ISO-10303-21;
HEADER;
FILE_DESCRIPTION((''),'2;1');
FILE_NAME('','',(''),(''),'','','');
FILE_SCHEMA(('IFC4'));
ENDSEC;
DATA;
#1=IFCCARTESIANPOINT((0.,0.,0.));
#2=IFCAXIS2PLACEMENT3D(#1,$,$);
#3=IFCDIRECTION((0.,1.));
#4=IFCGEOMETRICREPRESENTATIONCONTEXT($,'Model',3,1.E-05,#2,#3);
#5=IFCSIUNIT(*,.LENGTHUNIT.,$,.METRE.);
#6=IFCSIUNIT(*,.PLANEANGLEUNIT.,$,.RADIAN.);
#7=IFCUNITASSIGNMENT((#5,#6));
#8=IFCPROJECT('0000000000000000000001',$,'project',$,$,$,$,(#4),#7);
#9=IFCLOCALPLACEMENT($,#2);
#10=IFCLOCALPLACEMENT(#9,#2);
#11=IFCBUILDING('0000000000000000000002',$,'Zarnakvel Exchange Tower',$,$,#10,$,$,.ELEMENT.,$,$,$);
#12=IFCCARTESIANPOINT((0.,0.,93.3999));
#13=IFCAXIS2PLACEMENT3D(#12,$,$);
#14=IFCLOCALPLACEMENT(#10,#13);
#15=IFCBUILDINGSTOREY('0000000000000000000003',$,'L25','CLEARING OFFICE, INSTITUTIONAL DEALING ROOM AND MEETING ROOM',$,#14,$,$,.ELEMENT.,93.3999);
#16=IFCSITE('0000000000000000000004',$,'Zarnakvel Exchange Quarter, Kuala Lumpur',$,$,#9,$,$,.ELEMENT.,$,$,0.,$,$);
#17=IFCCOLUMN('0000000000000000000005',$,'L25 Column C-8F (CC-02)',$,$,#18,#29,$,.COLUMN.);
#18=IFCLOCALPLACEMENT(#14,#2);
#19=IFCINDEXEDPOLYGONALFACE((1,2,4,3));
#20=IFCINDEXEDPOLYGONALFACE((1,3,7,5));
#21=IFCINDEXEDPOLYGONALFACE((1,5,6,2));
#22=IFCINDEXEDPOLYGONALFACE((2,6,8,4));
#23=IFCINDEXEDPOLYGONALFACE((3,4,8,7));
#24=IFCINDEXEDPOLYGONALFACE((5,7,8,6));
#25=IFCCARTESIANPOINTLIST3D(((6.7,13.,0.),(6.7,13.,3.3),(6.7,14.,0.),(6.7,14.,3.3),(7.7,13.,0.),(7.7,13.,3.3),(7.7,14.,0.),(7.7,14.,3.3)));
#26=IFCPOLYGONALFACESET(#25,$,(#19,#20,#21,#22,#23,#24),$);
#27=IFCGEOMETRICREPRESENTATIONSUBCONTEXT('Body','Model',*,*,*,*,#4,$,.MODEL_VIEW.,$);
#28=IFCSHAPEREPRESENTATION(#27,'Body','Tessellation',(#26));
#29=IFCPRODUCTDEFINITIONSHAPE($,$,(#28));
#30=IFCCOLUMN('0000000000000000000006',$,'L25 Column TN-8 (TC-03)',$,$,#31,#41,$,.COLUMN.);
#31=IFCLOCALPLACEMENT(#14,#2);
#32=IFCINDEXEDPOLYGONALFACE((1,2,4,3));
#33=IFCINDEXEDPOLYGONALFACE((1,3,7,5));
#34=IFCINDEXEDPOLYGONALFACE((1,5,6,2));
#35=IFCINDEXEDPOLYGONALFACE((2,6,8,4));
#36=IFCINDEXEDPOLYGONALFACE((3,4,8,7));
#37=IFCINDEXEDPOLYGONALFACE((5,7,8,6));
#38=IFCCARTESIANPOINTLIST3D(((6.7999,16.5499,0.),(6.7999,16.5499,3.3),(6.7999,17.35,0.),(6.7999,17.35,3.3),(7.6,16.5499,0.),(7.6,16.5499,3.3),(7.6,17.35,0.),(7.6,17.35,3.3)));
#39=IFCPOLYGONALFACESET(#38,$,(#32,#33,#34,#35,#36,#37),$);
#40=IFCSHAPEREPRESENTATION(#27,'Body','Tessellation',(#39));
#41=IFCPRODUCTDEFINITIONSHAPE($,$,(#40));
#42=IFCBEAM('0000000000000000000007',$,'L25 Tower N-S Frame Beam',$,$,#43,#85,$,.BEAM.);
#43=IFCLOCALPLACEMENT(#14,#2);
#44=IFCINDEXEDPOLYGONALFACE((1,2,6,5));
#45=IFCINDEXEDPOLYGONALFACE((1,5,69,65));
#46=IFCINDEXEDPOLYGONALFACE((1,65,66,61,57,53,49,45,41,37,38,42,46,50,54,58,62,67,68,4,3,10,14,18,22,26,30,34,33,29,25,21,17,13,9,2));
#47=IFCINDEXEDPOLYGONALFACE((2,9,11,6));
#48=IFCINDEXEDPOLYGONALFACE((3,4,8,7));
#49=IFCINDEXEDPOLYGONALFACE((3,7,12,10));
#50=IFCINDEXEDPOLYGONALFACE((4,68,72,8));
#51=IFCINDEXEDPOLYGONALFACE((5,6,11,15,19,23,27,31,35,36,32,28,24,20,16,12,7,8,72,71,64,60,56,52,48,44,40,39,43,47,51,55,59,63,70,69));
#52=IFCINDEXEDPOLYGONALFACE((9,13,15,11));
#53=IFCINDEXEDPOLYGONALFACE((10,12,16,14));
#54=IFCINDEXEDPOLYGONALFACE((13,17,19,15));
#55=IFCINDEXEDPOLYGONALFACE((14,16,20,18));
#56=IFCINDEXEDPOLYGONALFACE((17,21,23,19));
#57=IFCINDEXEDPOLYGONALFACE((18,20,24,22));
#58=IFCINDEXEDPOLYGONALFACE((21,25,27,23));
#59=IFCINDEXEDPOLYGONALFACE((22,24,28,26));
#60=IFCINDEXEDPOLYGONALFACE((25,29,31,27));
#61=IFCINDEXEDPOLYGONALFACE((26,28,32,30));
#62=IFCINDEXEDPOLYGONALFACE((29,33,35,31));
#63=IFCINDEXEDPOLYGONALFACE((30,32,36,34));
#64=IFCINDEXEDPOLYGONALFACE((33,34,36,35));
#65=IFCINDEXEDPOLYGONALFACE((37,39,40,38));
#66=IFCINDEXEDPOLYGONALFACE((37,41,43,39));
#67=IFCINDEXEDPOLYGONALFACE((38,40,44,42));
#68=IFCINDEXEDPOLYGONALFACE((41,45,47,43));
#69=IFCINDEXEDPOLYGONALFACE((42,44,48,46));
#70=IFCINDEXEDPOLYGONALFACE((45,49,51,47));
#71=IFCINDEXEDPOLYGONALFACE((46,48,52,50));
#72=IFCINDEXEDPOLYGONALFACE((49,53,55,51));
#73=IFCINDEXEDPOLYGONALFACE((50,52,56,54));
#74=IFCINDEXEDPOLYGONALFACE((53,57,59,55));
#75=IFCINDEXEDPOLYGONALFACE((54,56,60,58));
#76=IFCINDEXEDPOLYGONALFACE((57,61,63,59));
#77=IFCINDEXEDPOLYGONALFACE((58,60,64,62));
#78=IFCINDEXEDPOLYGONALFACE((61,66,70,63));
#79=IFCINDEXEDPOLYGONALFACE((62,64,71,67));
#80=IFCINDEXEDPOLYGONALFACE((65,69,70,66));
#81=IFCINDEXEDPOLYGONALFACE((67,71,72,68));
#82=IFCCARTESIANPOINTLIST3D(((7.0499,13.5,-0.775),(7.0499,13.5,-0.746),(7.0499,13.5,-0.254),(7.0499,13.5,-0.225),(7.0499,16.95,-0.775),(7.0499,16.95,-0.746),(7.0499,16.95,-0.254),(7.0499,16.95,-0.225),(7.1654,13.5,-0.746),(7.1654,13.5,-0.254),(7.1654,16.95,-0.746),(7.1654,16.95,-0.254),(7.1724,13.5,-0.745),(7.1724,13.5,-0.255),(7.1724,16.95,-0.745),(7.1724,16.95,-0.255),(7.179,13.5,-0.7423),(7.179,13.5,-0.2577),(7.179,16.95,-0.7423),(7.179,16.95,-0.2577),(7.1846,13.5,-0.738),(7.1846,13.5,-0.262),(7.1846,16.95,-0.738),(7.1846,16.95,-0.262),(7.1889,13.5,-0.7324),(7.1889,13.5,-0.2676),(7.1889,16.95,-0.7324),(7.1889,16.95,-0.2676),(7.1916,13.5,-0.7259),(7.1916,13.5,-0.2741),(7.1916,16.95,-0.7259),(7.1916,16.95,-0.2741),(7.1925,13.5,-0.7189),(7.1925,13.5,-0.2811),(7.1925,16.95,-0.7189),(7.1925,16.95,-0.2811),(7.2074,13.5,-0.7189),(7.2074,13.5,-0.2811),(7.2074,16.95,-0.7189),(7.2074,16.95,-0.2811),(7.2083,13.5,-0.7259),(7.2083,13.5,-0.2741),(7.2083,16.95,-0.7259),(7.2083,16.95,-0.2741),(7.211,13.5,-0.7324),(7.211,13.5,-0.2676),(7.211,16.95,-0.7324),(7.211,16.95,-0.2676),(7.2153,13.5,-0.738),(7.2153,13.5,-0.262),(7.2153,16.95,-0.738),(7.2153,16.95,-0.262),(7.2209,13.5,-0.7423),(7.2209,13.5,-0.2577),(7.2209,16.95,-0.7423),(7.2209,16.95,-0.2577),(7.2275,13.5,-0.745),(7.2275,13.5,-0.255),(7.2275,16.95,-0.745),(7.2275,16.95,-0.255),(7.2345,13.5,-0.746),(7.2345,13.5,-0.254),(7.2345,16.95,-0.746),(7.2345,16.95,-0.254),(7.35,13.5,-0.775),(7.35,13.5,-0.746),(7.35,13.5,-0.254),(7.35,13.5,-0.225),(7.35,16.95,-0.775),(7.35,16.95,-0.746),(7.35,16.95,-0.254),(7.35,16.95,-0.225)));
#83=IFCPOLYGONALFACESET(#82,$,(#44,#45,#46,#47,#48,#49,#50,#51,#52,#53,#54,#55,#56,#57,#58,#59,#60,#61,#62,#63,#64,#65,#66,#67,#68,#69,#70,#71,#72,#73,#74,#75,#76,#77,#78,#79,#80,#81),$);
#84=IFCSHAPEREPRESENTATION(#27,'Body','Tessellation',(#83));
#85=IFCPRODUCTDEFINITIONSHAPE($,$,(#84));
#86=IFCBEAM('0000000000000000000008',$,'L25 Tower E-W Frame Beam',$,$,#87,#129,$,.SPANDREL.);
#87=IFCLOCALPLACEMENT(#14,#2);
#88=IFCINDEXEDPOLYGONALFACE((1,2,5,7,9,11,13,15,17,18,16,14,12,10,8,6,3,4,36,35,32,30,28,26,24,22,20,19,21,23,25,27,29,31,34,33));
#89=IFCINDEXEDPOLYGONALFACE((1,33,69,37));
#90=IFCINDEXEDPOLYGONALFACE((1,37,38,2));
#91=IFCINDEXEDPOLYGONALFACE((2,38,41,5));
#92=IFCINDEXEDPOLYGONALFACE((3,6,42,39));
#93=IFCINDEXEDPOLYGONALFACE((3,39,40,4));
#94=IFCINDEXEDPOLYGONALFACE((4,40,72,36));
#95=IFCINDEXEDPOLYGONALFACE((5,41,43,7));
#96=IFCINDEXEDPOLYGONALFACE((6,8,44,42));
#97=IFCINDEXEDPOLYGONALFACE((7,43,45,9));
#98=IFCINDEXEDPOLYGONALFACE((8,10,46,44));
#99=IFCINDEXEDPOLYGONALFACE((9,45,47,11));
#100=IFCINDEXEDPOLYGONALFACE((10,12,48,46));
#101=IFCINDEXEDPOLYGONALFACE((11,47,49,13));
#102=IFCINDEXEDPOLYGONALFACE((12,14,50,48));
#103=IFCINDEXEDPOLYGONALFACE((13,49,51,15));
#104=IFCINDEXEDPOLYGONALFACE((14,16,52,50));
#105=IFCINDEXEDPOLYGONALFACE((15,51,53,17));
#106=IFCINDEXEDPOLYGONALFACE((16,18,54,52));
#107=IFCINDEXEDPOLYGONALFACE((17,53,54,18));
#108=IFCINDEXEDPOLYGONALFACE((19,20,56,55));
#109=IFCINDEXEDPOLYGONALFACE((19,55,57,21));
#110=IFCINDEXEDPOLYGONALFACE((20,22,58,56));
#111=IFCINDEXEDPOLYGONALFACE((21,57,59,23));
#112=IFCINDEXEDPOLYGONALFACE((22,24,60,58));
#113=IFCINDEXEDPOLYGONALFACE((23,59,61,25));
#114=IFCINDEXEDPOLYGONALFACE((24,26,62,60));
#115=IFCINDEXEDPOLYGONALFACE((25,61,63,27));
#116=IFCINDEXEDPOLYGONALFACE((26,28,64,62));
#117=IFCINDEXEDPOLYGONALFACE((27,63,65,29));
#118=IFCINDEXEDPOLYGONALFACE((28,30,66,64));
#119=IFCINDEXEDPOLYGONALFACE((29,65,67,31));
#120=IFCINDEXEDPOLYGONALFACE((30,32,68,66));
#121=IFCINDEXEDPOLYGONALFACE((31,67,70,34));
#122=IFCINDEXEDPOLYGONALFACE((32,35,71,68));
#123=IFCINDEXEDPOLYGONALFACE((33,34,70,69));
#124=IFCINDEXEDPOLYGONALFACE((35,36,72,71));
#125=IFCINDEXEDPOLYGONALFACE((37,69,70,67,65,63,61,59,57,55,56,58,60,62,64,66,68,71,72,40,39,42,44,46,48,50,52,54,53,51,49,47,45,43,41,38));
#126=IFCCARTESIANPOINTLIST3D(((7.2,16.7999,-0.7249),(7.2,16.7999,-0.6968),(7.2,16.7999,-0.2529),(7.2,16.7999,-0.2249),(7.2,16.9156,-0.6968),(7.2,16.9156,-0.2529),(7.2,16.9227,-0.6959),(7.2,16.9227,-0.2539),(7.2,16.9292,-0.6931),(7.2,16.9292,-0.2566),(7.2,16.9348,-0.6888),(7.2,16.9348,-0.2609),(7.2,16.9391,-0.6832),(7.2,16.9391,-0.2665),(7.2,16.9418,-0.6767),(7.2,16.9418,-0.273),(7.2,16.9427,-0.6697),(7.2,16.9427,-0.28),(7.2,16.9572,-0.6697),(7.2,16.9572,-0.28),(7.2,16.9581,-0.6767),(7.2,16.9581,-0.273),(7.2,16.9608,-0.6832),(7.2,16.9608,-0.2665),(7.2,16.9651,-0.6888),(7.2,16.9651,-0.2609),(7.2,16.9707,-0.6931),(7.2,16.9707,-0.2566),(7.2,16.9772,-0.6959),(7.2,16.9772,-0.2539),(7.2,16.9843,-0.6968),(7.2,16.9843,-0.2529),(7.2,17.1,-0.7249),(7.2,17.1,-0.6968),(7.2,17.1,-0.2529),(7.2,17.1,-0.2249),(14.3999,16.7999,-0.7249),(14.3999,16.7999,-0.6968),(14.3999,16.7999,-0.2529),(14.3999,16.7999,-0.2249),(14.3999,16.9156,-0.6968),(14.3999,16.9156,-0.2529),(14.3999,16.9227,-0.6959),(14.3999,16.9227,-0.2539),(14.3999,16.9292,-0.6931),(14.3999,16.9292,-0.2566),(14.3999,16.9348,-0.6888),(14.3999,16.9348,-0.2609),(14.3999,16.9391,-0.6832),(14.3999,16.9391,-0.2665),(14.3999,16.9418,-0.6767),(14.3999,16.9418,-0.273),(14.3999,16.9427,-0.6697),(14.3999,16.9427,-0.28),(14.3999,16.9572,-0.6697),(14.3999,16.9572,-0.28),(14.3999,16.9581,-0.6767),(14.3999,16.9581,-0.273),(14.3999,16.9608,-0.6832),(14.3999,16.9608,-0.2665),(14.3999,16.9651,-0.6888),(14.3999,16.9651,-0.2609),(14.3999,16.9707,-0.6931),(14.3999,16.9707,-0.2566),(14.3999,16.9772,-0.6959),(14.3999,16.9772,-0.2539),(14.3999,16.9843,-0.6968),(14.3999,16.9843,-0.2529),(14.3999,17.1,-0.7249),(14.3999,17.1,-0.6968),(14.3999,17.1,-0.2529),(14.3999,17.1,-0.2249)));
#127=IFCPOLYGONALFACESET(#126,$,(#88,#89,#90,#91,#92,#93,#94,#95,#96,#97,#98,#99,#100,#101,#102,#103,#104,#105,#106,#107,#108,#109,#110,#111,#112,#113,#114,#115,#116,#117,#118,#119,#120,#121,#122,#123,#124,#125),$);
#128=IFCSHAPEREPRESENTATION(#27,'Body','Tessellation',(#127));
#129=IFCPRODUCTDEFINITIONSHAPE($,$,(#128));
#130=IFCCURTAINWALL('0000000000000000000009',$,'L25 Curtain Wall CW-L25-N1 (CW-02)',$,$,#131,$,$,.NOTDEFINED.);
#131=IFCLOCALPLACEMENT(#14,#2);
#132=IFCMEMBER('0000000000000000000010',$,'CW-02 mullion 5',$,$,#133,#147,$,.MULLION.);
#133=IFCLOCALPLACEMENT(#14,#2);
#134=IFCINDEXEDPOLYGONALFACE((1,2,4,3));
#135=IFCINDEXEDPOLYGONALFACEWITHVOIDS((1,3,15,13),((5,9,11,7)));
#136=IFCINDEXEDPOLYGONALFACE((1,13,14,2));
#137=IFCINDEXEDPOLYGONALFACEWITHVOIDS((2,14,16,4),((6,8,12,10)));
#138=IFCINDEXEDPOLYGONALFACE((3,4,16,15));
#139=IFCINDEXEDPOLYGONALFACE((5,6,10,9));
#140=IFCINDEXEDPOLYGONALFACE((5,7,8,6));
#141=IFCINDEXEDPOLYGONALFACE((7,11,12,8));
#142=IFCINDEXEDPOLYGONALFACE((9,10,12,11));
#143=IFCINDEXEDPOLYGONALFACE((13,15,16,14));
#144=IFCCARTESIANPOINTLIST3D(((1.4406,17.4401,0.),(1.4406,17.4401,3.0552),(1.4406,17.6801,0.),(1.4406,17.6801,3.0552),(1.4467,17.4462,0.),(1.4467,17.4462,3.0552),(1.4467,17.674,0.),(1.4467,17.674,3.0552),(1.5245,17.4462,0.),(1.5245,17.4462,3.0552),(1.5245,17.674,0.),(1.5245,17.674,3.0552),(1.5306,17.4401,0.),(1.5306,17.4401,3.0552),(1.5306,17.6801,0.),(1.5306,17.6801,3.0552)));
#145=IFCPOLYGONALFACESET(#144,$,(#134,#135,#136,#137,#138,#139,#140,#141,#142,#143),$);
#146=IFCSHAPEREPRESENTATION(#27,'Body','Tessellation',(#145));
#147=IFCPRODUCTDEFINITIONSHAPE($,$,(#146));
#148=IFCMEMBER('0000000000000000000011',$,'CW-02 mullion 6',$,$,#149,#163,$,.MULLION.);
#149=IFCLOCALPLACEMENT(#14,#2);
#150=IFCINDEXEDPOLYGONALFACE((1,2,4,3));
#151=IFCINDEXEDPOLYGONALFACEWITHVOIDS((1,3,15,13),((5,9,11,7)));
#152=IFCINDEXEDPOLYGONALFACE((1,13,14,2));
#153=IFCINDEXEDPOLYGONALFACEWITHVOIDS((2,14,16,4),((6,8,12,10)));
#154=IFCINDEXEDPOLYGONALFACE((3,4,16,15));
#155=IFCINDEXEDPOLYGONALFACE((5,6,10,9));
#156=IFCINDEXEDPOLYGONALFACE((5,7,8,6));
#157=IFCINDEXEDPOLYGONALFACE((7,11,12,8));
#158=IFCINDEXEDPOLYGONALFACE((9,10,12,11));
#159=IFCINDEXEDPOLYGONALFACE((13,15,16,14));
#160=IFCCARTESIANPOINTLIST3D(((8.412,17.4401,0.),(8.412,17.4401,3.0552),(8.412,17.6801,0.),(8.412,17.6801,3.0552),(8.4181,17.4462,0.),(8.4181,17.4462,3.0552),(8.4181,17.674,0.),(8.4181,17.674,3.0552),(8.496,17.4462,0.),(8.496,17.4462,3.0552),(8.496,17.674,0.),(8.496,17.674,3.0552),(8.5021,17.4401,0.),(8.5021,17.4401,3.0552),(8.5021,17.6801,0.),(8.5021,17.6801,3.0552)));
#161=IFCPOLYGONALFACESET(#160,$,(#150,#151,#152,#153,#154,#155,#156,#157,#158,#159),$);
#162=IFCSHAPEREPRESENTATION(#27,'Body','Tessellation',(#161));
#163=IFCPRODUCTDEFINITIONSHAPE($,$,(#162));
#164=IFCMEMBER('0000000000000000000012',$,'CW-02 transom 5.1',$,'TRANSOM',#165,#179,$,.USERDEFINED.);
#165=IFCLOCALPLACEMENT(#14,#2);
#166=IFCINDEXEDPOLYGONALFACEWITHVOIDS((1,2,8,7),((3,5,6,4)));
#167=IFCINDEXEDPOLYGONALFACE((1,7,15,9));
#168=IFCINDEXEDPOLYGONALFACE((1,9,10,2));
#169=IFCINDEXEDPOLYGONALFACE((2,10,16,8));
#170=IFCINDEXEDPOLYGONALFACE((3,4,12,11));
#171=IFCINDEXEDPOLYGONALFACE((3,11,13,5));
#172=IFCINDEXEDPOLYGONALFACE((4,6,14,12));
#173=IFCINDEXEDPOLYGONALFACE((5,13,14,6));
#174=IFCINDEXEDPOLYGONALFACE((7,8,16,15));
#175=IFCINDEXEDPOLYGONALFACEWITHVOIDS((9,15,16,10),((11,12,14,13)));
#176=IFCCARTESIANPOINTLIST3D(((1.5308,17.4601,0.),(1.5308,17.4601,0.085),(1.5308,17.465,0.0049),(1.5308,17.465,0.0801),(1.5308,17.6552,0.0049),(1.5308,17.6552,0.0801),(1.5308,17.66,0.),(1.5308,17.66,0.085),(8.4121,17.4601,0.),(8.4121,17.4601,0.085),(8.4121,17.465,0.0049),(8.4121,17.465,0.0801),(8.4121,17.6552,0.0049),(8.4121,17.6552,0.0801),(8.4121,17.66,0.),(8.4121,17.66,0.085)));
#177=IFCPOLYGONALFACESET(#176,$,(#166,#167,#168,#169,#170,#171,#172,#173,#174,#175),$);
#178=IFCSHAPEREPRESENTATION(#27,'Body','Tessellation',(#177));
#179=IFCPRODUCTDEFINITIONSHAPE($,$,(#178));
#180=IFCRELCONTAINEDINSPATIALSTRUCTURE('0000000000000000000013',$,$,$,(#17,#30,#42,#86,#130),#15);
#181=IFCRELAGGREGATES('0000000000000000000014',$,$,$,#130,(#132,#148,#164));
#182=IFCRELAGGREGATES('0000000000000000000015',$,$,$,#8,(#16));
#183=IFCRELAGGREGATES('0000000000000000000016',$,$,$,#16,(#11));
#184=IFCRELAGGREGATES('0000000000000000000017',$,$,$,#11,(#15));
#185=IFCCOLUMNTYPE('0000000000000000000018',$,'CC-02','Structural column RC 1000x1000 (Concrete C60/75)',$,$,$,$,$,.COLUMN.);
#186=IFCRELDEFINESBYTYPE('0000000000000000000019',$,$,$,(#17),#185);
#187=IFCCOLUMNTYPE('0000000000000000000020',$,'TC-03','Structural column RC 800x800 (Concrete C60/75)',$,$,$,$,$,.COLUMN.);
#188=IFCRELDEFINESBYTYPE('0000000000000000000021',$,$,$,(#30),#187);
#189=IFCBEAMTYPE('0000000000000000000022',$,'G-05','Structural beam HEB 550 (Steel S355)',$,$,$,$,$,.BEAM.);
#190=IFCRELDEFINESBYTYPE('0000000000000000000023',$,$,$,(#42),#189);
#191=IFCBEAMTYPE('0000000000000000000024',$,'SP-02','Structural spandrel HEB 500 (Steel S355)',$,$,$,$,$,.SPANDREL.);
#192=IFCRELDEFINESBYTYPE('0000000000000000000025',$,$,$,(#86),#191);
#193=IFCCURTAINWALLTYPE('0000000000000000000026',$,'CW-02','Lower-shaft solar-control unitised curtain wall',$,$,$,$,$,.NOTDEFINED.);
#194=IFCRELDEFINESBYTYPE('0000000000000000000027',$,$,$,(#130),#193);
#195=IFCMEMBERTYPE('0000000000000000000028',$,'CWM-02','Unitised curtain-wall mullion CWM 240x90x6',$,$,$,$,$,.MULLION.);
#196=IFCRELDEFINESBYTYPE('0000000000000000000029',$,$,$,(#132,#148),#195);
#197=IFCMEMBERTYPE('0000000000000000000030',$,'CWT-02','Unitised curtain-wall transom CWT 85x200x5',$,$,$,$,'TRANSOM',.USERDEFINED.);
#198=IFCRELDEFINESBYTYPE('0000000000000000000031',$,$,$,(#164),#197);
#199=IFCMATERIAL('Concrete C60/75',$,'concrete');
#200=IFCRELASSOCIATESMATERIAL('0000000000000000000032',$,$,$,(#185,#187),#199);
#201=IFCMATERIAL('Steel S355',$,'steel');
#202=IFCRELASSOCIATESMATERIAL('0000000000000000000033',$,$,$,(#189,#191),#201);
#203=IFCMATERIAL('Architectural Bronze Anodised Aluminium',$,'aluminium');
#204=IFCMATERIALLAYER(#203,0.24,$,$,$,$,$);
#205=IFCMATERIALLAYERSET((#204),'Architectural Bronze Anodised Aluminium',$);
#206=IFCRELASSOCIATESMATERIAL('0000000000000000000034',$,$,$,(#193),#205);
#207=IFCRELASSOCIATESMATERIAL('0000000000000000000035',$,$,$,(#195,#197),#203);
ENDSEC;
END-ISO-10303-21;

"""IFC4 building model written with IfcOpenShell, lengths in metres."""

from ifc_helpers import new_model, si_unit, direction, frame, origin, origin_2d, place, context, subcontext, project, spatial, rectangle, hollow_rectangle, i_section, extrude, source, transform, mapped, material, layer, layer_set, material_profile, profile_set, type_object, element, aggregate, save


model = new_model("IFC4")

# Units and contexts
model_context = context("Model", 3, precision=1e-05, world=origin(), true_north=direction((0.0, 1.0)))
body_context = subcontext(model_context, "Body", "Model", "MODEL_VIEW")
ifc_project = project(units=[si_unit("LENGTHUNIT", "METRE"), si_unit("PLANEANGLEUNIT", "RADIAN")], contexts=[model_context])

# Site, building, storey
site_placement = place(None, origin())
site = spatial("IfcSite", under=ifc_project, at=site_placement, Name="Zarnakvel Exchange Quarter, Kuala Lumpur", CompositionType="ELEMENT", RefElevation=0.0)
building_placement = place(site_placement, origin())
building = spatial("IfcBuilding", under=site, at=building_placement, Name="Zarnakvel Exchange Tower", CompositionType="ELEMENT")
storey_placement = place(building_placement, frame((0.0, 0.0, 93.3999)))
storey = spatial("IfcBuildingStorey", under=building, at=storey_placement, Name="L25", Description="CLEARING OFFICE, INSTITUTIONAL DEALING ROOM AND MEETING ROOM", CompositionType="ELEMENT", Elevation=93.3999)

# Columns
ifc_material_1 = material(Name="Concrete C60/75", Category="concrete")
ifc_material_profile_1 = material_profile(ifc_material_1, rectangle(XDim=1.0, YDim=1.0, at=origin_2d()))
ifc_profile_set_1 = profile_set([ifc_material_profile_1], Name="Concrete C60/75")
column_type_1 = type_object("IfcColumnType", Name="CC-02", Description="Structural column RC 1000x1000 (Concrete C60/75)", PredefinedType="COLUMN", material=ifc_profile_set_1)
column_1_placement = place(storey_placement, frame((7.2, 13.5, 0.0), z_axis=(0.0, 0.0, 1.0), x_axis=(1.0, 0.0, 0.0)))
element("IfcColumn", 1, at=column_1_placement, inside=storey, type_object=column_type_1, Name="L25 Column C-8F (CC-02)", PredefinedType="COLUMN", context=body_context, shape_type="SweptSolid", body=[
    extrude(rectangle(XDim=1.0, YDim=1.0, at=origin_2d()), origin(), (0.0, 0.0, 1.0), 3.3),
])
ifc_material_profile_2 = material_profile(ifc_material_1, rectangle(XDim=0.8, YDim=0.8, at=origin_2d()))
ifc_profile_set_2 = profile_set([ifc_material_profile_2], Name="Concrete C60/75")
column_type_2 = type_object("IfcColumnType", Name="TC-03", Description="Structural column RC 800x800 (Concrete C60/75)", PredefinedType="COLUMN", material=ifc_profile_set_2)
column_2_placement = place(storey_placement, frame((7.2, 16.95, 0.0), z_axis=(0.0, 0.0, 1.0), x_axis=(1.0, 0.0, 0.0)))
element("IfcColumn", 2, at=column_2_placement, inside=storey, type_object=column_type_2, Name="L25 Column TN-8 (TC-03)", PredefinedType="COLUMN", context=body_context, shape_type="SweptSolid", body=[
    extrude(rectangle(XDim=0.8, YDim=0.8, at=origin_2d()), origin(), (0.0, 0.0, 1.0), 3.3),
])

# Beams
ifc_material_2 = material(Name="Steel S355", Category="steel")
ifc_material_profile_3 = material_profile(ifc_material_2, i_section(OverallWidth=0.3, OverallDepth=0.55, WebThickness=0.0149, FlangeThickness=0.0291, FilletRadius=0.0271, at=origin_2d()))
ifc_profile_set_3 = profile_set([ifc_material_profile_3], Name="Steel S355")
beam_type_1 = type_object("IfcBeamType", Name="G-05", Description="Structural beam HEB 550 (Steel S355)", PredefinedType="BEAM", material=ifc_profile_set_3)
beam_1_placement = place(storey_placement, frame((7.2, 13.5, -0.5), z_axis=(0.0, 1.0, 0.0), x_axis=(-1.0, 0.0, 0.0)))
element("IfcBeam", 3, at=beam_1_placement, inside=storey, type_object=beam_type_1, Name="L25 Tower N-S Frame Beam", PredefinedType="BEAM", context=body_context, shape_type="SweptSolid", body=[
    extrude(i_section(OverallWidth=0.3, OverallDepth=0.55, WebThickness=0.0149, FlangeThickness=0.0291, FilletRadius=0.0271, at=origin_2d()), origin(), (0.0, 0.0, 1.0), 3.45),
])
ifc_material_profile_4 = material_profile(ifc_material_2, i_section(OverallWidth=0.3, OverallDepth=0.5, WebThickness=0.0144, FlangeThickness=0.0281, FilletRadius=0.0271, at=origin_2d()))
ifc_profile_set_4 = profile_set([ifc_material_profile_4], Name="Steel S355")
beam_type_2 = type_object("IfcBeamType", Name="SP-02", Description="Structural spandrel HEB 500 (Steel S355)", PredefinedType="SPANDREL", material=ifc_profile_set_4)
beam_2_placement = place(storey_placement, frame((7.2, 16.95, -0.4749), z_axis=(1.0, 0.0, 0.0), x_axis=(0.0, 1.0, 0.0)))
element("IfcBeam", 4, at=beam_2_placement, inside=storey, type_object=beam_type_2, Name="L25 Tower E-W Frame Beam", PredefinedType="SPANDREL", context=body_context, shape_type="SweptSolid", body=[
    extrude(i_section(OverallWidth=0.3, OverallDepth=0.5, WebThickness=0.0144, FlangeThickness=0.0281, FilletRadius=0.0271, at=origin_2d()), origin(), (0.0, 0.0, 1.0), 7.2),
])

# Curtain wall, members
ifc_material_3 = material(Name="Architectural Bronze Anodised Aluminium", Category="aluminium")
ifc_layer_1 = layer(ifc_material_3, 0.24)
ifc_layer_set_1 = layer_set([ifc_layer_1], Name="Architectural Bronze Anodised Aluminium")
curtain_wall_type = type_object("IfcCurtainWallType", Name="CW-02", Description="Lower-shaft solar-control unitised curtain wall", PredefinedType="NOTDEFINED", material=ifc_layer_set_1)
curtain_wall_placement = place(storey_placement, origin())
curtain_wall = element("IfcCurtainWall", 5, at=curtain_wall_placement, inside=storey, type_object=curtain_wall_type, Name="L25 Curtain Wall CW-L25-N1 (CW-02)", PredefinedType="NOTDEFINED")
ifc_material_profile_5 = material_profile(ifc_material_3, hollow_rectangle(XDim=0.24, YDim=0.0901, WallThickness=0.0061, at=origin_2d()))
ifc_profile_set_5 = profile_set([ifc_material_profile_5], Name="Architectural Bronze Anodised Aluminium")
member_type_1 = type_object("IfcMemberType", Name="CWM-02", Description="Unitised curtain-wall mullion CWM 240x90x6", PredefinedType="MULLION", material=ifc_profile_set_5)
shared_shape_1 = source(origin(), body_context, "Body", "SweptSolid", [
    extrude(hollow_rectangle(XDim=0.24, YDim=0.0901, WallThickness=0.0061, at=origin_2d()), origin(), (0.0, 0.0, 1.0), 3.0552),
])
member_1_placement = place(storey_placement, frame((1.4856, 17.5601, 0.0), z_axis=(0.0, 0.0, 1.0), x_axis=(0.0, 1.0, 0.0)))
member_1 = element("IfcMember", 6, at=member_1_placement, type_object=member_type_1, Name="CW-02 mullion 5", PredefinedType="MULLION", context=body_context, shape_type="MappedRepresentation", body=[
    mapped(shared_shape_1, transform((0.0, 0.0, 0.0), x_axis=(1.0, 0.0, 0.0), y_axis=(0.0, 1.0, 0.0), z_axis=(0.0, 0.0, 1.0), scale=1.0)),
])
member_2_placement = place(storey_placement, frame((8.457, 17.5601, 0.0), z_axis=(0.0, 0.0, 1.0), x_axis=(0.0, 1.0, 0.0)))
member_2 = element("IfcMember", 7, at=member_2_placement, type_object=member_type_1, Name="CW-02 mullion 6", PredefinedType="MULLION", context=body_context, shape_type="MappedRepresentation", body=[
    mapped(shared_shape_1, transform((0.0, 0.0, 0.0), x_axis=(1.0, 0.0, 0.0), y_axis=(0.0, 1.0, 0.0), z_axis=(0.0, 0.0, 1.0), scale=1.0)),
])
ifc_material_profile_6 = material_profile(ifc_material_3, hollow_rectangle(XDim=0.2, YDim=0.085, WallThickness=0.0049, at=origin_2d()))
ifc_profile_set_6 = profile_set([ifc_material_profile_6], Name="Architectural Bronze Anodised Aluminium")
member_type_2 = type_object("IfcMemberType", Name="CWT-02", Description="Unitised curtain-wall transom CWT 85x200x5", ElementType="TRANSOM", PredefinedType="USERDEFINED", material=ifc_profile_set_6)
shared_shape_2 = source(origin(), body_context, "Body", "SweptSolid", [
    extrude(hollow_rectangle(XDim=0.2, YDim=0.085, WallThickness=0.0049, at=origin_2d()), origin(), (0.0, 0.0, 1.0), 6.8813),
])
member_3_placement = place(storey_placement, frame((1.5308, 17.5601, 0.0425), z_axis=(1.0, 0.0, 0.0), x_axis=(0.0, 1.0, 0.0)))
member_3 = element("IfcMember", 8, at=member_3_placement, type_object=member_type_2, Name="CW-02 transom 5.1", ObjectType="TRANSOM", PredefinedType="USERDEFINED", context=body_context, shape_type="MappedRepresentation", body=[
    mapped(shared_shape_2, transform((0.0, 0.0, 0.0), x_axis=(1.0, 0.0, 0.0), y_axis=(0.0, 1.0, 0.0), z_axis=(0.0, 0.0, 1.0), scale=1.0)),
])
aggregate(curtain_wall, [member_1, member_2, member_3])

save(model, "model.ifc")
